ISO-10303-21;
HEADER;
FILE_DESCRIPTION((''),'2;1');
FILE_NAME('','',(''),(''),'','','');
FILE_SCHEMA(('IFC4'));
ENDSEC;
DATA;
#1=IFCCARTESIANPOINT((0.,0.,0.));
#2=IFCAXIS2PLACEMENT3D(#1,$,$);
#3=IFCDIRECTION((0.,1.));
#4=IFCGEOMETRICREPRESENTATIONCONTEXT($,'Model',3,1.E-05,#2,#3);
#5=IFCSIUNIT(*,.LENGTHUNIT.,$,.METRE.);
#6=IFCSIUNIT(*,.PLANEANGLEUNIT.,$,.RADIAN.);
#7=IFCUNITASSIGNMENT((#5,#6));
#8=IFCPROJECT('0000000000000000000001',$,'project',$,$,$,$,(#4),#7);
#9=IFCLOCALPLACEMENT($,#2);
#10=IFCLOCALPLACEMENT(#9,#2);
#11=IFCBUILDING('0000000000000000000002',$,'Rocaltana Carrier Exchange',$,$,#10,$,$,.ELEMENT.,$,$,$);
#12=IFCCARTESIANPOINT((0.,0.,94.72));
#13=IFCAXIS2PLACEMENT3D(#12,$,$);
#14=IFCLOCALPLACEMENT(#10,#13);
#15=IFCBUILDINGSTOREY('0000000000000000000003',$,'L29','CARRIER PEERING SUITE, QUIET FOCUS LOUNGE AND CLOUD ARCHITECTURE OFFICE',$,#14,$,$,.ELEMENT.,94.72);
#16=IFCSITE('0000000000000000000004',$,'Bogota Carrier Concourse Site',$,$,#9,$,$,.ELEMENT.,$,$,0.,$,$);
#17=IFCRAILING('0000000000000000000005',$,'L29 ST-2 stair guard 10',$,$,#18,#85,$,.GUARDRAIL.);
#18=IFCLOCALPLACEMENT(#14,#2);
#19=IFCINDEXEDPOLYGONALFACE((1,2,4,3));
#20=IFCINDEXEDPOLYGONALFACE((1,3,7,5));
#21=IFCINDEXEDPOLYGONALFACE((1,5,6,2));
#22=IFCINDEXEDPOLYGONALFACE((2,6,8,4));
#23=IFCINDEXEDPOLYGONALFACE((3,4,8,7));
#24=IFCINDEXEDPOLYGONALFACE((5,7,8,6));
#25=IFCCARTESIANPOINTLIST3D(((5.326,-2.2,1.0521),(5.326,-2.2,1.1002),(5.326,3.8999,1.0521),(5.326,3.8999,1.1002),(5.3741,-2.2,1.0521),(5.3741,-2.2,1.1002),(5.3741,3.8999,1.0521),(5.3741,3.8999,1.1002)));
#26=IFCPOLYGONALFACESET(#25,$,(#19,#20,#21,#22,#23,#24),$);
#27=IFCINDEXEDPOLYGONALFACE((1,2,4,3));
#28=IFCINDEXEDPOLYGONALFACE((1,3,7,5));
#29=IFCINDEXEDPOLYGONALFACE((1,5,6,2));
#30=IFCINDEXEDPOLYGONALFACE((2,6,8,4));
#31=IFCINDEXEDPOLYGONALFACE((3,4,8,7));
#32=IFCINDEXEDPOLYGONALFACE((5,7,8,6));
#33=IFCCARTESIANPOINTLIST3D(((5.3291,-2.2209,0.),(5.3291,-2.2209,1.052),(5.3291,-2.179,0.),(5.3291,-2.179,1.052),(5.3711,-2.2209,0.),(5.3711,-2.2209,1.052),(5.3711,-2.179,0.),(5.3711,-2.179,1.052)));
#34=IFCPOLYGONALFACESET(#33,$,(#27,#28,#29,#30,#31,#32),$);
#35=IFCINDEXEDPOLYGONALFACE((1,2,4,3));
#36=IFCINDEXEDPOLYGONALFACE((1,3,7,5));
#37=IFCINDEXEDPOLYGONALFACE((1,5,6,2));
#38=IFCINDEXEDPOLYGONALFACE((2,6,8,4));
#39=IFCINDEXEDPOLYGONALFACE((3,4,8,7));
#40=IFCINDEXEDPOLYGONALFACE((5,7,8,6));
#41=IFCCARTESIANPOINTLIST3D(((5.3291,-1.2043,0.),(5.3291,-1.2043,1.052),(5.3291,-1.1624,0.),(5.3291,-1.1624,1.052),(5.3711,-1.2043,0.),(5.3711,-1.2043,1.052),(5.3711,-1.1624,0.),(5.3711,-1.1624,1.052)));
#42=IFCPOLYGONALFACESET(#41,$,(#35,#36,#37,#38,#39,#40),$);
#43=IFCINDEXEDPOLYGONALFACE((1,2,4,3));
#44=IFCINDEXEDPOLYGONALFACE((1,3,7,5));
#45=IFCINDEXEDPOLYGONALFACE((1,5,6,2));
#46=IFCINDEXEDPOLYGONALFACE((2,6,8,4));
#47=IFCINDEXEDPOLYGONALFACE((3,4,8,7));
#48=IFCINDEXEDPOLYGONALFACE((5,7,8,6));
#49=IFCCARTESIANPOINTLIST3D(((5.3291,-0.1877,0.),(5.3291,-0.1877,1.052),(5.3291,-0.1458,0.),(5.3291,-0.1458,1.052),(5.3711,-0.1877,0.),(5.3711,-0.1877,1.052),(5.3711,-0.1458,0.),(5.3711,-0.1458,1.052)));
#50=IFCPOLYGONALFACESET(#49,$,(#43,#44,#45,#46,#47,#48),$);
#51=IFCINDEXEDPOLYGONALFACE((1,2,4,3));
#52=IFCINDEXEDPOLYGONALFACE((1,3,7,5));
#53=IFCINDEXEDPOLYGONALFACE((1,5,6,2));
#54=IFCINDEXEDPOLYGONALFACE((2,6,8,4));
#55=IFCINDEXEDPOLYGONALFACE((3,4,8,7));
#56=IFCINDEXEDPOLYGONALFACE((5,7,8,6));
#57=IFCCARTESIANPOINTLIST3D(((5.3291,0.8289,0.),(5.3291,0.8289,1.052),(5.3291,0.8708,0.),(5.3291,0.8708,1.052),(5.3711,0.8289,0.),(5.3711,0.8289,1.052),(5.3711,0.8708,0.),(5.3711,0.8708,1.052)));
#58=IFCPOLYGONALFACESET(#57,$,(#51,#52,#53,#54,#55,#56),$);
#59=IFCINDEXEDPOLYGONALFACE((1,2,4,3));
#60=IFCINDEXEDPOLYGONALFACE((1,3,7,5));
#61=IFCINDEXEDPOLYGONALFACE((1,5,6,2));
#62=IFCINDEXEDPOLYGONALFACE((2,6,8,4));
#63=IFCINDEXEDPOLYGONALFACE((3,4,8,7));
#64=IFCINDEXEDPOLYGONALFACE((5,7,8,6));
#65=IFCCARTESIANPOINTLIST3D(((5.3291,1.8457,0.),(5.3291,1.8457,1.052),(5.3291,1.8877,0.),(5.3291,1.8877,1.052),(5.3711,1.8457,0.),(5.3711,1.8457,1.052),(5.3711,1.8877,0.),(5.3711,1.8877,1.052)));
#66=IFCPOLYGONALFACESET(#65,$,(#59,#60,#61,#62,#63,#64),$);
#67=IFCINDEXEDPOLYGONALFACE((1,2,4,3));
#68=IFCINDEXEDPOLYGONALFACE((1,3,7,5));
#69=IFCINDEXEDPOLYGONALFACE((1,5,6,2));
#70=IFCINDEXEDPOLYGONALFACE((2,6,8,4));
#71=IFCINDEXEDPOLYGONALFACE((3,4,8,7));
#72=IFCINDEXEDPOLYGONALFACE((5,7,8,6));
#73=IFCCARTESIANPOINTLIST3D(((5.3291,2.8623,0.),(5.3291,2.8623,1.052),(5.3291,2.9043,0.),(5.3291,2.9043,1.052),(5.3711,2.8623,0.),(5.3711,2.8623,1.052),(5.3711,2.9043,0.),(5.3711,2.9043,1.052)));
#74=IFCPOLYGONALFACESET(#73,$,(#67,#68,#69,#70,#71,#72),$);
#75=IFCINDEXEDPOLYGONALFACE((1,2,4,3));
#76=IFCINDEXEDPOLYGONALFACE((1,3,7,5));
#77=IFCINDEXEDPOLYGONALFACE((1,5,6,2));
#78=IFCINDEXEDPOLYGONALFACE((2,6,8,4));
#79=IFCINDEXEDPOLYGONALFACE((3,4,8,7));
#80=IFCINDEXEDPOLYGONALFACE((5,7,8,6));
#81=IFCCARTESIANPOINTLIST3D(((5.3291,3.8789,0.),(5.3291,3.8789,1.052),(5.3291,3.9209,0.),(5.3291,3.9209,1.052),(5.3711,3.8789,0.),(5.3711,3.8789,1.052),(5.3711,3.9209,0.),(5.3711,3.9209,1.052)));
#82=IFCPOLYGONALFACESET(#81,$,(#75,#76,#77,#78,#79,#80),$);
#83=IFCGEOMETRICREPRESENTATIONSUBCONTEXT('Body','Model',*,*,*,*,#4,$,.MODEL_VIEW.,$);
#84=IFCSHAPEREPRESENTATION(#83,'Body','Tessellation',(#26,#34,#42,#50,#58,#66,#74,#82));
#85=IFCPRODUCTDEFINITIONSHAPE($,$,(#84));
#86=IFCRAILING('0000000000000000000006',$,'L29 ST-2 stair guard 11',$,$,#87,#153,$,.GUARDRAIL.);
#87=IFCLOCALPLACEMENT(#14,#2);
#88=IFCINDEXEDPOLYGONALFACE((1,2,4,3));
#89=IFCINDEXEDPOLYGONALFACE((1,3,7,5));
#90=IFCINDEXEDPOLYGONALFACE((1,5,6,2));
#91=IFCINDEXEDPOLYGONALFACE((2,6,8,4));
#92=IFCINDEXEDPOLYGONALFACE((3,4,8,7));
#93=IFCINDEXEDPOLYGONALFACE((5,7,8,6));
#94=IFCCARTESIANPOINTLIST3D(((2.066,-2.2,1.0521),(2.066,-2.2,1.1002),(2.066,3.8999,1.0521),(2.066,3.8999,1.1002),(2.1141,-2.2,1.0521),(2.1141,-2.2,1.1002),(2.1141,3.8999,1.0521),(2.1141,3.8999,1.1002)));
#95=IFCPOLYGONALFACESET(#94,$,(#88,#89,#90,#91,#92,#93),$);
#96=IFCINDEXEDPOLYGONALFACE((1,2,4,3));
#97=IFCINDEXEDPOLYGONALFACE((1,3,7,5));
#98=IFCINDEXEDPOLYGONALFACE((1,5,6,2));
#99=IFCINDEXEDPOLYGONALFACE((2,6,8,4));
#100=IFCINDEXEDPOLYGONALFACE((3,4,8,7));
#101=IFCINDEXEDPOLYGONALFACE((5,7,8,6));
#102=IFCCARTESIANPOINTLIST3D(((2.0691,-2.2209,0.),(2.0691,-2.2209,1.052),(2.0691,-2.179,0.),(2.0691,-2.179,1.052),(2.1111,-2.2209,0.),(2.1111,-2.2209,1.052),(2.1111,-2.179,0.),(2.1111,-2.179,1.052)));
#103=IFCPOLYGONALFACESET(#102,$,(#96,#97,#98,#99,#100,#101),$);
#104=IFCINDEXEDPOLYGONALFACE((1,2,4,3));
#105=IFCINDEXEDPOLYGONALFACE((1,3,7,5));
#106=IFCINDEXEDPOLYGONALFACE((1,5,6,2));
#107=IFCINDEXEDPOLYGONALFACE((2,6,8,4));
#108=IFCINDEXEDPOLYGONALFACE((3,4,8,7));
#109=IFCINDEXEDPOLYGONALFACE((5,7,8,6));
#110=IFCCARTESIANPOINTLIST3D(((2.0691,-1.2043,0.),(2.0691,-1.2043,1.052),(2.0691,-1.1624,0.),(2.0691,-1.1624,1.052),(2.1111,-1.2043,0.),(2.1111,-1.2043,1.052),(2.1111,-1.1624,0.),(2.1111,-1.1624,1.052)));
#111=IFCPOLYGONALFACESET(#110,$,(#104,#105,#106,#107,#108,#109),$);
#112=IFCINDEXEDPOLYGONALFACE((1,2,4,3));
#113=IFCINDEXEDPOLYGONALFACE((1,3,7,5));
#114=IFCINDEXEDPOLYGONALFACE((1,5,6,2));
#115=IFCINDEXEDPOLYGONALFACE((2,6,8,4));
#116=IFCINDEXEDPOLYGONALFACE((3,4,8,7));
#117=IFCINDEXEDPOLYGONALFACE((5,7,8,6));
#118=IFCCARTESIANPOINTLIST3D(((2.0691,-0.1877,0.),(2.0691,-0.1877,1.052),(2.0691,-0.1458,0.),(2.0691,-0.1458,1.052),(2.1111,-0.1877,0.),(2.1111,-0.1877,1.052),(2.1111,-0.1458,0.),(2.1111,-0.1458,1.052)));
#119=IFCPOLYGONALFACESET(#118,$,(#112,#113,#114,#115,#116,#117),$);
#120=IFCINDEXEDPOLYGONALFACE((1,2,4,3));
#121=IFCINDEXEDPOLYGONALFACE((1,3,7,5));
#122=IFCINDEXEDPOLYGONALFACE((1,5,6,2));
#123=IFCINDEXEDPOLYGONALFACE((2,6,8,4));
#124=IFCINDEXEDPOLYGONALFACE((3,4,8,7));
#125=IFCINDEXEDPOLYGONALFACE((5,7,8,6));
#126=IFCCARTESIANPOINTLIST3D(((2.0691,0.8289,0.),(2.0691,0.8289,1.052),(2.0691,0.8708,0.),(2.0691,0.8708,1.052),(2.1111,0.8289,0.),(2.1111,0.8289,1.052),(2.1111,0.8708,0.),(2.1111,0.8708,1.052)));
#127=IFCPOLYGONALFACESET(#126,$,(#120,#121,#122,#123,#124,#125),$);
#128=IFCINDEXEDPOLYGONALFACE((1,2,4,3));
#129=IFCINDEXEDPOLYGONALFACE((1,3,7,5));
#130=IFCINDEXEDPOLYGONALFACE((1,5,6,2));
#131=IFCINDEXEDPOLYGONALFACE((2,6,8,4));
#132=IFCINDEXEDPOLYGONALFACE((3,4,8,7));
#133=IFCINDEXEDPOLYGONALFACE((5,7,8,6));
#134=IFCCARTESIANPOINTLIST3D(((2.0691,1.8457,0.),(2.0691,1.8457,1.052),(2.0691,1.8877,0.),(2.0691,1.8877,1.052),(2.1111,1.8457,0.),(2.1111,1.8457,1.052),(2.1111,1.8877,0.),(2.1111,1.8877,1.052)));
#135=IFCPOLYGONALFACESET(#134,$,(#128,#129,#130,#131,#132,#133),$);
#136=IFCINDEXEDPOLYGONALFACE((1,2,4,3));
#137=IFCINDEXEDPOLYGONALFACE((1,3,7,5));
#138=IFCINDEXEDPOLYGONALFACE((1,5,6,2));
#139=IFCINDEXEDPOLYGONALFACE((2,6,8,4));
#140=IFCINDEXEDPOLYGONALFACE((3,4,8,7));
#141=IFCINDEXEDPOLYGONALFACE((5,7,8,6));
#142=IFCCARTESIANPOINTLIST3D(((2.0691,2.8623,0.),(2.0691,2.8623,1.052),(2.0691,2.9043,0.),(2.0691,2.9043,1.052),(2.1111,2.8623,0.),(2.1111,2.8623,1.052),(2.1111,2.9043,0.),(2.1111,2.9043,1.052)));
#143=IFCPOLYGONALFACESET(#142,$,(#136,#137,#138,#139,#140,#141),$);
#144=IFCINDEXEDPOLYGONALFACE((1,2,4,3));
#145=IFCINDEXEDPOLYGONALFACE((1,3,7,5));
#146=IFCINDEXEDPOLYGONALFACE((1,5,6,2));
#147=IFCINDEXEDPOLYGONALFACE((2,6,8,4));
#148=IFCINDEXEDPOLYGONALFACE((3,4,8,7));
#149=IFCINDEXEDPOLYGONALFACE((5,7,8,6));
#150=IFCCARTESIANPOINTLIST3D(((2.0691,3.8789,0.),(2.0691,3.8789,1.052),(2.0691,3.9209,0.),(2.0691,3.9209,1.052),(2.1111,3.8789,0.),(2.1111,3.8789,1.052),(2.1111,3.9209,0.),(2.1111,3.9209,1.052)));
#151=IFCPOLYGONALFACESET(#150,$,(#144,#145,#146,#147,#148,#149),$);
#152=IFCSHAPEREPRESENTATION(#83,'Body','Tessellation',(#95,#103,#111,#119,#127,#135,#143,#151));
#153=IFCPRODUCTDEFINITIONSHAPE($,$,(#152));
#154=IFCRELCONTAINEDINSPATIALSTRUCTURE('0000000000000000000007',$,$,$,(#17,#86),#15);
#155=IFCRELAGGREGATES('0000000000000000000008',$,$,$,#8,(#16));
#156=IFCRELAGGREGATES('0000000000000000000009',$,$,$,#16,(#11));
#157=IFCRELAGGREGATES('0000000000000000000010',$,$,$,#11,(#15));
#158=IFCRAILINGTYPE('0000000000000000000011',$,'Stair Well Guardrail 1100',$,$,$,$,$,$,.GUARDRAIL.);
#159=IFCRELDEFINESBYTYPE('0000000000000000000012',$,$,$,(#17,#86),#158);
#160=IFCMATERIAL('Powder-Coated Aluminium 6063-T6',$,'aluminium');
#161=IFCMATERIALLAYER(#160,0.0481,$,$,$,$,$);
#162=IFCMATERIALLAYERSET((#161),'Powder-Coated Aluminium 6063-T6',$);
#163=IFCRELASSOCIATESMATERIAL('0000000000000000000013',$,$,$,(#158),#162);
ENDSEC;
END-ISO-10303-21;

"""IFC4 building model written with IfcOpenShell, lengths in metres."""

from ifc_helpers import new_model, si_unit, direction, frame, origin, origin_2d, place, context, subcontext, project, spatial, rectangle, extrude, material, layer, layer_set, type_object, element, save


model = new_model("IFC4")

# Units and contexts
model_context = context("Model", 3, precision=1e-05, world=origin(), true_north=direction((0.0, 1.0)))
body_context = subcontext(model_context, "Body", "Model", "MODEL_VIEW")
ifc_project = project(units=[si_unit("LENGTHUNIT", "METRE"), si_unit("PLANEANGLEUNIT", "RADIAN")], contexts=[model_context])

# Site, building, storey
site_placement = place(None, origin())
site = spatial("IfcSite", under=ifc_project, at=site_placement, Name="Bogota Carrier Concourse Site", CompositionType="ELEMENT", RefElevation=0.0)
building_placement = place(site_placement, origin())
building = spatial("IfcBuilding", under=site, at=building_placement, Name="Rocaltana Carrier Exchange", CompositionType="ELEMENT")
storey_placement = place(building_placement, frame((0.0, 0.0, 94.72)))
storey = spatial("IfcBuildingStorey", under=building, at=storey_placement, Name="L29", Description="CARRIER PEERING SUITE, QUIET FOCUS LOUNGE AND CLOUD ARCHITECTURE OFFICE", CompositionType="ELEMENT", Elevation=94.72)

# Railings
ifc_material_1 = material(Name="Powder-Coated Aluminium 6063-T6", Category="aluminium")
ifc_layer_1 = layer(ifc_material_1, 0.0481)
ifc_layer_set_1 = layer_set([ifc_layer_1], Name="Powder-Coated Aluminium 6063-T6")
railing_type_1 = type_object("IfcRailingType", Name="Stair Well Guardrail 1100", PredefinedType="GUARDRAIL", material=ifc_layer_set_1)
for number, where, name in (
    (1, (5.3501, -2.2, 0.0), "L29 ST-2 stair guard 10"),
    (2, (2.0901, -2.2, 0.0), "L29 ST-2 stair guard 11"),
):
    element("IfcRailing", number, at=place(storey_placement, frame(where)), inside=storey, type_object=railing_type_1, Name=name, PredefinedType="GUARDRAIL", context=body_context, shape_type="SweptSolid", body=[
        extrude(rectangle(XDim=0.0481, YDim=0.0481, at=origin_2d()), frame((0.0, 0.0, 1.0762), z_axis=(0.0, 1.0, 0.0), x_axis=(-1.0, 0.0, 0.0)), (0.0, 0.0, 1.0), 6.0999),
        extrude(rectangle(XDim=0.042, YDim=0.042, at=origin_2d()), origin(), (0.0, 0.0, 1.0), 1.052),
        extrude(rectangle(XDim=0.042, YDim=0.042, at=origin_2d()), frame((0.0, 1.0166, 0.0)), (0.0, 0.0, 1.0), 1.052),
        extrude(rectangle(XDim=0.042, YDim=0.042, at=origin_2d()), frame((0.0, 2.0332, 0.0)), (0.0, 0.0, 1.0), 1.052),
        extrude(rectangle(XDim=0.042, YDim=0.042, at=origin_2d()), frame((0.0, 3.0498, 0.0)), (0.0, 0.0, 1.0), 1.052),
        extrude(rectangle(XDim=0.042, YDim=0.042, at=origin_2d()), frame((0.0, 4.0667, 0.0)), (0.0, 0.0, 1.0), 1.052),
        extrude(rectangle(XDim=0.042, YDim=0.042, at=origin_2d()), frame((0.0, 5.0833, 0.0)), (0.0, 0.0, 1.0), 1.052),
        extrude(rectangle(XDim=0.042, YDim=0.042, at=origin_2d()), frame((0.0, 6.0999, 0.0)), (0.0, 0.0, 1.0), 1.052),
    ])

save(model, "model.ifc")
